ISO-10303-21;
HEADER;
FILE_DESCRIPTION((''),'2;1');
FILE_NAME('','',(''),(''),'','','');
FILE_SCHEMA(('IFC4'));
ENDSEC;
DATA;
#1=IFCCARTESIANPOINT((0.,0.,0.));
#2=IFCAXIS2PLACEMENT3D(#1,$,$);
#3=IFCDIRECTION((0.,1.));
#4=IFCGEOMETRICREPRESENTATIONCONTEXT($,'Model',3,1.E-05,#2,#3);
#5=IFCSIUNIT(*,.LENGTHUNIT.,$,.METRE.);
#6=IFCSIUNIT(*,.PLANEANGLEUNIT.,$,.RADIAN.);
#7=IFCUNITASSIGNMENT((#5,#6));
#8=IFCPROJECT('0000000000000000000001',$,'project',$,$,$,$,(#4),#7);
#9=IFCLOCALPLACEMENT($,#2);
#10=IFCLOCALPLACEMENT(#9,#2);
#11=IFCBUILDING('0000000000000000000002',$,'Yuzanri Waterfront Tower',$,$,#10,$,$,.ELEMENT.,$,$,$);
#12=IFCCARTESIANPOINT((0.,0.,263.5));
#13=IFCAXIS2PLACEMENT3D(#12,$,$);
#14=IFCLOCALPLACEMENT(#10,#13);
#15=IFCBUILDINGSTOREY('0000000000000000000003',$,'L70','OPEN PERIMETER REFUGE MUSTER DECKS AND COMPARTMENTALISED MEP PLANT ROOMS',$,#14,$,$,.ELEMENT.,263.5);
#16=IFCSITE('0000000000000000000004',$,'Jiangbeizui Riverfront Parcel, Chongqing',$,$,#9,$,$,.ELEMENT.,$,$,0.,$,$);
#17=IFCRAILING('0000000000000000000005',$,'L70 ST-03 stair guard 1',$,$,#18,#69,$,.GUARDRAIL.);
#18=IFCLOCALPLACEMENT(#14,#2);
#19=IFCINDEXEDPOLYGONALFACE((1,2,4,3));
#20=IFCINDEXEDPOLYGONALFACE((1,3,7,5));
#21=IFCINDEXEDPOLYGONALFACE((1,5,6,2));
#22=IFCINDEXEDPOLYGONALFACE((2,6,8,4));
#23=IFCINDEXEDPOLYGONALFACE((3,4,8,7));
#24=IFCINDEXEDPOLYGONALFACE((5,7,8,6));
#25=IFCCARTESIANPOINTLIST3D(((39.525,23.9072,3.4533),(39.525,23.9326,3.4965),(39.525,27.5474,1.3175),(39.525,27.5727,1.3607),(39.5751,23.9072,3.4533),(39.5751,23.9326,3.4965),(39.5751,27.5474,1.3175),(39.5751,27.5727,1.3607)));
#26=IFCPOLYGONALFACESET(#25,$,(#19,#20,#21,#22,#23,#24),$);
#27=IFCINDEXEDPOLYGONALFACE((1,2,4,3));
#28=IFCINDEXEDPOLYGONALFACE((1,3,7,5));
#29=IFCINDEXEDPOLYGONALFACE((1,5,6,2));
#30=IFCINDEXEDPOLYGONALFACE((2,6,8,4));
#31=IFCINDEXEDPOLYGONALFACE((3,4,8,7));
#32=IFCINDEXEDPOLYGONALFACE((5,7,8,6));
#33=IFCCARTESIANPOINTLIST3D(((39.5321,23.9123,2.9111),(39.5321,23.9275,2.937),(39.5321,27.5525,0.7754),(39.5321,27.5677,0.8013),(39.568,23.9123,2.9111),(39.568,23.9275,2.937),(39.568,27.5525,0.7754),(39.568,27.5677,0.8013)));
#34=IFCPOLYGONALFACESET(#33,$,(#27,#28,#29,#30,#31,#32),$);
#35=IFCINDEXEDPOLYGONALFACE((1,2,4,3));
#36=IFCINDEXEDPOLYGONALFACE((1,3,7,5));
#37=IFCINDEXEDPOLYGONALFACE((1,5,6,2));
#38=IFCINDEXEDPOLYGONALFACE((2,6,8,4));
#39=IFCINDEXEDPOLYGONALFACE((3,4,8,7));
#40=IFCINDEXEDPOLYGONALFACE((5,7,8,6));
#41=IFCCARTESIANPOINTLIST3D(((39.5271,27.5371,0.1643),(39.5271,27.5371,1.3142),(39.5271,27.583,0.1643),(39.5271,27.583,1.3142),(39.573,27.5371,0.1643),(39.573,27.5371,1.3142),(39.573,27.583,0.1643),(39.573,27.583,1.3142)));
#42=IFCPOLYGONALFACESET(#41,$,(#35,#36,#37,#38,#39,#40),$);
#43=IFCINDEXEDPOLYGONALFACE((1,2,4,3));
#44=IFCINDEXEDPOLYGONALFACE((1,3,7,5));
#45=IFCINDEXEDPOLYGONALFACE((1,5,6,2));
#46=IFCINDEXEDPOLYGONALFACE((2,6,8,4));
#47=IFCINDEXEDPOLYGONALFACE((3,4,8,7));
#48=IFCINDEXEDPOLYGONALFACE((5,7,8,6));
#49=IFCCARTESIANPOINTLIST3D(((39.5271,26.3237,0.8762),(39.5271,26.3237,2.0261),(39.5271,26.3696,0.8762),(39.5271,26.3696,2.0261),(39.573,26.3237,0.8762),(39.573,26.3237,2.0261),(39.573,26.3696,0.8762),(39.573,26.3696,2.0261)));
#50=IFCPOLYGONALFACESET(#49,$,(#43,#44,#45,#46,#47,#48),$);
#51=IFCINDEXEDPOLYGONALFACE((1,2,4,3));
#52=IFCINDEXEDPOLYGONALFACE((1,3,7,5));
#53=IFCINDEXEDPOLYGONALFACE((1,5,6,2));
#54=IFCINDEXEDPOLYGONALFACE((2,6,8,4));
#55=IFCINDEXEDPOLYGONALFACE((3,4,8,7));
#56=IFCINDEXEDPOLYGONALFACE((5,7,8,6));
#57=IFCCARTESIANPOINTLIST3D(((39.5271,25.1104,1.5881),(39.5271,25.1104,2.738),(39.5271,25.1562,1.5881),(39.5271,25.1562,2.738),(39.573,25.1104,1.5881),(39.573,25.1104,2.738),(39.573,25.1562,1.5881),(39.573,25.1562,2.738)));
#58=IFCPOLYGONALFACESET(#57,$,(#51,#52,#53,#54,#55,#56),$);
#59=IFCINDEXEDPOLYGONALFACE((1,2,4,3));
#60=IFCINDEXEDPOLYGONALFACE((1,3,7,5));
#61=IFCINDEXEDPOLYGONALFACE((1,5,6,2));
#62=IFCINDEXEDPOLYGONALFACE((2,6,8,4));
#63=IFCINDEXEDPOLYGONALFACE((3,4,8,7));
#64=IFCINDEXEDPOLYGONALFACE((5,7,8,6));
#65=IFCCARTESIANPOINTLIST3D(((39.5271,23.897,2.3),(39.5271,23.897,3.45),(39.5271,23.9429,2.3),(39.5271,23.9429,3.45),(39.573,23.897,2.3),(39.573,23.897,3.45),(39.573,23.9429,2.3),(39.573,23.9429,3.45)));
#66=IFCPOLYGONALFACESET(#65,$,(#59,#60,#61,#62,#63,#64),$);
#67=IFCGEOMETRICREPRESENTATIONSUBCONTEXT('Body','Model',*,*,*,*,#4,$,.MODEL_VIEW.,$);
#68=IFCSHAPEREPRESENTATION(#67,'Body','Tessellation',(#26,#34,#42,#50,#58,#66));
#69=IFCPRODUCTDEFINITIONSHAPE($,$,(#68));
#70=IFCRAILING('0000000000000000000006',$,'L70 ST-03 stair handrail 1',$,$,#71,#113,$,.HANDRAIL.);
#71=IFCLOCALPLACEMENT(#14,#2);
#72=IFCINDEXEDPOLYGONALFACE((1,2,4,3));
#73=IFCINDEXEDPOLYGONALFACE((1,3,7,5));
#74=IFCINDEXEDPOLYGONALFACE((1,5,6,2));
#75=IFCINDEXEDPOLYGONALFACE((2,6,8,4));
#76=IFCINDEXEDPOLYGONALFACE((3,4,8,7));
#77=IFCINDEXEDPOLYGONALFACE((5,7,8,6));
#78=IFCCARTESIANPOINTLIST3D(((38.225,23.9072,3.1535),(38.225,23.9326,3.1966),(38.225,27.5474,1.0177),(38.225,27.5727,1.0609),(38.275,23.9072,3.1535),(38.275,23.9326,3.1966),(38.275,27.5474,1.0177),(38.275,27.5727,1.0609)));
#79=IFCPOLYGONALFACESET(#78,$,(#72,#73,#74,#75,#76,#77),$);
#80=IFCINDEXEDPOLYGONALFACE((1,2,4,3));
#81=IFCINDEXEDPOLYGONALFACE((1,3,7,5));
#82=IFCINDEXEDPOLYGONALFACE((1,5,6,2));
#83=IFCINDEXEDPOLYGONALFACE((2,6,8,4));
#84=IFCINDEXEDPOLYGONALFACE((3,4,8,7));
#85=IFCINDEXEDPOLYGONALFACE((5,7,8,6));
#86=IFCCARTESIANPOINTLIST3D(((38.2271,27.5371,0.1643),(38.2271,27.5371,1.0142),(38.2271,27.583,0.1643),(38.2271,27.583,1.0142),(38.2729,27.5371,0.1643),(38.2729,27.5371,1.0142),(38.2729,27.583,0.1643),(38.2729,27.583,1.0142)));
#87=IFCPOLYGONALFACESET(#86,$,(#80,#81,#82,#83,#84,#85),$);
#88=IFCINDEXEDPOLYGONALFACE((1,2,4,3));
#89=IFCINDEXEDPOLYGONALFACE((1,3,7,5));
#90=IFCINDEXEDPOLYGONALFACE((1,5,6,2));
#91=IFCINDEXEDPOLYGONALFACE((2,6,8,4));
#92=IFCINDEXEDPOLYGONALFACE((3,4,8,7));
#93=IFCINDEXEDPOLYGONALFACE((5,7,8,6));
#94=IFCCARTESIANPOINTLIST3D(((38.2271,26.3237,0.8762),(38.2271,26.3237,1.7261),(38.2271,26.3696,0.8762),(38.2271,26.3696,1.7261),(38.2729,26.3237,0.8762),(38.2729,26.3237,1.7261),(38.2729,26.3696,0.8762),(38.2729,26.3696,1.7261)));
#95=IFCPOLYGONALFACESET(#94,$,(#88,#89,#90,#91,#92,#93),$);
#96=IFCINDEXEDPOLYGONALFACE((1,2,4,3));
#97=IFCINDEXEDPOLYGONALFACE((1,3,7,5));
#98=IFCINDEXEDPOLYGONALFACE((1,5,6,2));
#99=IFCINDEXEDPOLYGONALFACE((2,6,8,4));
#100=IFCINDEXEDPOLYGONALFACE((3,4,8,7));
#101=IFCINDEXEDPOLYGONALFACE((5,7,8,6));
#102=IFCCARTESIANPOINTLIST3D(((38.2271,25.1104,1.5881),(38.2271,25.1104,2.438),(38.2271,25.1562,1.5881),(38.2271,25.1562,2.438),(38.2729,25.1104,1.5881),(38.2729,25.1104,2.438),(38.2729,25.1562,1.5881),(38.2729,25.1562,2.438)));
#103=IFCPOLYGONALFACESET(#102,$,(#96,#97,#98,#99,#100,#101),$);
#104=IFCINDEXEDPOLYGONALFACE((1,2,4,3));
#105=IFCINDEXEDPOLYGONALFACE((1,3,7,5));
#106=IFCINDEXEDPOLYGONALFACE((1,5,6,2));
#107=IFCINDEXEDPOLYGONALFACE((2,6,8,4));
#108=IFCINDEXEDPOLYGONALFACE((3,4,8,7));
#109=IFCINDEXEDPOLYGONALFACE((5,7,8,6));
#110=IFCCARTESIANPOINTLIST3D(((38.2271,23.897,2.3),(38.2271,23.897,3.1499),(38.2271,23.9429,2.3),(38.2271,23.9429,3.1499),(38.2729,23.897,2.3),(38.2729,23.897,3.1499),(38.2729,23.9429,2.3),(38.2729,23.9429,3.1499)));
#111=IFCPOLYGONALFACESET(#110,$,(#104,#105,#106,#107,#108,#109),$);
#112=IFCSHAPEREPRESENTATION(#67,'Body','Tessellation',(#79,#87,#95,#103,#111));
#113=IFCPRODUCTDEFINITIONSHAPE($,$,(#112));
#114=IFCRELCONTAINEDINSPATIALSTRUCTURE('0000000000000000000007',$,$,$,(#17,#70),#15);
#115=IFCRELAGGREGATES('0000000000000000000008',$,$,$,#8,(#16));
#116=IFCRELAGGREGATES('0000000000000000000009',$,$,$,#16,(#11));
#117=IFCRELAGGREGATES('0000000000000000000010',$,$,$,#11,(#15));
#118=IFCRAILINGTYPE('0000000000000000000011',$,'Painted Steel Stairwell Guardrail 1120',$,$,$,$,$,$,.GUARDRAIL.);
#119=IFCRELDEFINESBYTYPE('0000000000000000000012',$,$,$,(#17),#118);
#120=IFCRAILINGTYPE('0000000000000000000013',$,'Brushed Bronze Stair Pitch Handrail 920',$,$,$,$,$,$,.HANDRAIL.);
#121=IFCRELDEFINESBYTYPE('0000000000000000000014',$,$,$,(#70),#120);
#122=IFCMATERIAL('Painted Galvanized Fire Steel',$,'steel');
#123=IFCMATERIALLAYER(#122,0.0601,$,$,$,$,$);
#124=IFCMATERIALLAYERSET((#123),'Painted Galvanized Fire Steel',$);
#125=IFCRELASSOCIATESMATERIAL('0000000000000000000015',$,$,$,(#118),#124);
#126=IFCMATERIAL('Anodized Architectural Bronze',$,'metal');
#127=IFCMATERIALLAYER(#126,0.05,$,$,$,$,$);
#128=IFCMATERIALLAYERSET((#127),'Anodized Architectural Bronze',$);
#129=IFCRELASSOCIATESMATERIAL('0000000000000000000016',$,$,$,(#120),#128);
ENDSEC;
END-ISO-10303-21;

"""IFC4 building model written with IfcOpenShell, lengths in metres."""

from ifc_helpers import new_model, si_unit, direction, frame, origin, origin_2d, place, context, subcontext, project, spatial, rectangle, extrude, source, transform, mapped, material, layer, layer_set, type_object, element, save


model = new_model("IFC4")

# Units and contexts
model_context = context("Model", 3, precision=1e-05, world=origin(), true_north=direction((0.0, 1.0)))
body_context = subcontext(model_context, "Body", "Model", "MODEL_VIEW")
ifc_project = project(units=[si_unit("LENGTHUNIT", "METRE"), si_unit("PLANEANGLEUNIT", "RADIAN")], contexts=[model_context])

# Site, building, storey
site_placement = place(None, origin())
site = spatial("IfcSite", under=ifc_project, at=site_placement, Name="Jiangbeizui Riverfront Parcel, Chongqing", CompositionType="ELEMENT", RefElevation=0.0)
building_placement = place(site_placement, origin())
building = spatial("IfcBuilding", under=site, at=building_placement, Name="Yuzanri Waterfront Tower", CompositionType="ELEMENT")
storey_placement = place(building_placement, frame((0.0, 0.0, 263.5)))
storey = spatial("IfcBuildingStorey", under=building, at=storey_placement, Name="L70", Description="OPEN PERIMETER REFUGE MUSTER DECKS AND COMPARTMENTALISED MEP PLANT ROOMS", CompositionType="ELEMENT", Elevation=263.5)

# Railings
ifc_material_1 = material(Name="Painted Galvanized Fire Steel", Category="steel")
ifc_layer_1 = layer(ifc_material_1, 0.0601)
ifc_layer_set_1 = layer_set([ifc_layer_1], Name="Painted Galvanized Fire Steel")
railing_type_1 = type_object("IfcRailingType", Name="Painted Steel Stairwell Guardrail 1120", PredefinedType="GUARDRAIL", material=ifc_layer_set_1)
ifc_material_2 = material(Name="Anodized Architectural Bronze", Category="metal")
ifc_layer_2 = layer(ifc_material_2, 0.05)
ifc_layer_set_2 = layer_set([ifc_layer_2], Name="Anodized Architectural Bronze")
railing_type_2 = type_object("IfcRailingType", Name="Brushed Bronze Stair Pitch Handrail 920", PredefinedType="HANDRAIL", material=ifc_layer_set_2)
shared_shape_1 = source(origin(), body_context, "Body", "SweptSolid", [
    extrude(rectangle(XDim=0.05, YDim=0.05, at=origin_2d()), frame((0.0, 0.0, 1.1748), z_axis=(0.0, -0.862505, 0.506049), x_axis=(1.0, 0.0, 0.0)), (0.0, 0.0, 1.0), 4.2205),
    extrude(rectangle(XDim=0.0359, YDim=0.03, at=origin_2d()), frame((0.0, 0.0, 0.624), z_axis=(0.0, -0.862505, 0.506049), x_axis=(1.0, 0.0, 0.0)), (0.0, 0.0, 1.0), 4.2205),
    extrude(rectangle(XDim=0.0459, YDim=0.0459, at=origin_2d()), origin(), (0.0, 0.0, 1.0), 1.1499),
    extrude(rectangle(XDim=0.0459, YDim=0.0459, at=origin_2d()), frame((0.0, -1.2134, 0.7119)), (0.0, 0.0, 1.0), 1.1499),
    extrude(rectangle(XDim=0.0459, YDim=0.0459, at=origin_2d()), frame((0.0, -2.4268, 1.4238)), (0.0, 0.0, 1.0), 1.1499),
    extrude(rectangle(XDim=0.0459, YDim=0.0459, at=origin_2d()), frame((0.0, -3.6401, 2.1357)), (0.0, 0.0, 1.0), 1.1499),
])
railing_1_placement = place(storey_placement, frame((39.55, 27.5601, 0.1643)))
element("IfcRailing", 1, at=railing_1_placement, inside=storey, type_object=railing_type_1, Name="L70 ST-03 stair guard 1", PredefinedType="GUARDRAIL", context=body_context, shape_type="MappedRepresentation", body=[
    mapped(shared_shape_1, transform((0.0, 0.0, 0.0), scale=1.0)),
])
shared_shape_2 = source(origin(), body_context, "Body", "SweptSolid", [
    extrude(rectangle(XDim=0.05, YDim=0.05, at=origin_2d()), frame((0.0, 0.0, 0.875), z_axis=(0.0, -0.862505, 0.506049), x_axis=(1.0, 0.0, 0.0)), (0.0, 0.0, 1.0), 4.2205),
    extrude(rectangle(XDim=0.0459, YDim=0.0459, at=origin_2d()), origin(), (0.0, 0.0, 1.0), 0.8499),
    extrude(rectangle(XDim=0.0459, YDim=0.0459, at=origin_2d()), frame((0.0, -1.2134, 0.7119)), (0.0, 0.0, 1.0), 0.8499),
    extrude(rectangle(XDim=0.0459, YDim=0.0459, at=origin_2d()), frame((0.0, -2.4268, 1.4238)), (0.0, 0.0, 1.0), 0.8499),
    extrude(rectangle(XDim=0.0459, YDim=0.0459, at=origin_2d()), frame((0.0, -3.6401, 2.1357)), (0.0, 0.0, 1.0), 0.8499),
])
railing_2_placement = place(storey_placement, frame((38.25, 27.5601, 0.1643)))
element("IfcRailing", 2, at=railing_2_placement, inside=storey, type_object=railing_type_2, Name="L70 ST-03 stair handrail 1", PredefinedType="HANDRAIL", context=body_context, shape_type="MappedRepresentation", body=[
    mapped(shared_shape_2, transform((0.0, 0.0, 0.0), scale=1.0)),
])

save(model, "model.ifc")
